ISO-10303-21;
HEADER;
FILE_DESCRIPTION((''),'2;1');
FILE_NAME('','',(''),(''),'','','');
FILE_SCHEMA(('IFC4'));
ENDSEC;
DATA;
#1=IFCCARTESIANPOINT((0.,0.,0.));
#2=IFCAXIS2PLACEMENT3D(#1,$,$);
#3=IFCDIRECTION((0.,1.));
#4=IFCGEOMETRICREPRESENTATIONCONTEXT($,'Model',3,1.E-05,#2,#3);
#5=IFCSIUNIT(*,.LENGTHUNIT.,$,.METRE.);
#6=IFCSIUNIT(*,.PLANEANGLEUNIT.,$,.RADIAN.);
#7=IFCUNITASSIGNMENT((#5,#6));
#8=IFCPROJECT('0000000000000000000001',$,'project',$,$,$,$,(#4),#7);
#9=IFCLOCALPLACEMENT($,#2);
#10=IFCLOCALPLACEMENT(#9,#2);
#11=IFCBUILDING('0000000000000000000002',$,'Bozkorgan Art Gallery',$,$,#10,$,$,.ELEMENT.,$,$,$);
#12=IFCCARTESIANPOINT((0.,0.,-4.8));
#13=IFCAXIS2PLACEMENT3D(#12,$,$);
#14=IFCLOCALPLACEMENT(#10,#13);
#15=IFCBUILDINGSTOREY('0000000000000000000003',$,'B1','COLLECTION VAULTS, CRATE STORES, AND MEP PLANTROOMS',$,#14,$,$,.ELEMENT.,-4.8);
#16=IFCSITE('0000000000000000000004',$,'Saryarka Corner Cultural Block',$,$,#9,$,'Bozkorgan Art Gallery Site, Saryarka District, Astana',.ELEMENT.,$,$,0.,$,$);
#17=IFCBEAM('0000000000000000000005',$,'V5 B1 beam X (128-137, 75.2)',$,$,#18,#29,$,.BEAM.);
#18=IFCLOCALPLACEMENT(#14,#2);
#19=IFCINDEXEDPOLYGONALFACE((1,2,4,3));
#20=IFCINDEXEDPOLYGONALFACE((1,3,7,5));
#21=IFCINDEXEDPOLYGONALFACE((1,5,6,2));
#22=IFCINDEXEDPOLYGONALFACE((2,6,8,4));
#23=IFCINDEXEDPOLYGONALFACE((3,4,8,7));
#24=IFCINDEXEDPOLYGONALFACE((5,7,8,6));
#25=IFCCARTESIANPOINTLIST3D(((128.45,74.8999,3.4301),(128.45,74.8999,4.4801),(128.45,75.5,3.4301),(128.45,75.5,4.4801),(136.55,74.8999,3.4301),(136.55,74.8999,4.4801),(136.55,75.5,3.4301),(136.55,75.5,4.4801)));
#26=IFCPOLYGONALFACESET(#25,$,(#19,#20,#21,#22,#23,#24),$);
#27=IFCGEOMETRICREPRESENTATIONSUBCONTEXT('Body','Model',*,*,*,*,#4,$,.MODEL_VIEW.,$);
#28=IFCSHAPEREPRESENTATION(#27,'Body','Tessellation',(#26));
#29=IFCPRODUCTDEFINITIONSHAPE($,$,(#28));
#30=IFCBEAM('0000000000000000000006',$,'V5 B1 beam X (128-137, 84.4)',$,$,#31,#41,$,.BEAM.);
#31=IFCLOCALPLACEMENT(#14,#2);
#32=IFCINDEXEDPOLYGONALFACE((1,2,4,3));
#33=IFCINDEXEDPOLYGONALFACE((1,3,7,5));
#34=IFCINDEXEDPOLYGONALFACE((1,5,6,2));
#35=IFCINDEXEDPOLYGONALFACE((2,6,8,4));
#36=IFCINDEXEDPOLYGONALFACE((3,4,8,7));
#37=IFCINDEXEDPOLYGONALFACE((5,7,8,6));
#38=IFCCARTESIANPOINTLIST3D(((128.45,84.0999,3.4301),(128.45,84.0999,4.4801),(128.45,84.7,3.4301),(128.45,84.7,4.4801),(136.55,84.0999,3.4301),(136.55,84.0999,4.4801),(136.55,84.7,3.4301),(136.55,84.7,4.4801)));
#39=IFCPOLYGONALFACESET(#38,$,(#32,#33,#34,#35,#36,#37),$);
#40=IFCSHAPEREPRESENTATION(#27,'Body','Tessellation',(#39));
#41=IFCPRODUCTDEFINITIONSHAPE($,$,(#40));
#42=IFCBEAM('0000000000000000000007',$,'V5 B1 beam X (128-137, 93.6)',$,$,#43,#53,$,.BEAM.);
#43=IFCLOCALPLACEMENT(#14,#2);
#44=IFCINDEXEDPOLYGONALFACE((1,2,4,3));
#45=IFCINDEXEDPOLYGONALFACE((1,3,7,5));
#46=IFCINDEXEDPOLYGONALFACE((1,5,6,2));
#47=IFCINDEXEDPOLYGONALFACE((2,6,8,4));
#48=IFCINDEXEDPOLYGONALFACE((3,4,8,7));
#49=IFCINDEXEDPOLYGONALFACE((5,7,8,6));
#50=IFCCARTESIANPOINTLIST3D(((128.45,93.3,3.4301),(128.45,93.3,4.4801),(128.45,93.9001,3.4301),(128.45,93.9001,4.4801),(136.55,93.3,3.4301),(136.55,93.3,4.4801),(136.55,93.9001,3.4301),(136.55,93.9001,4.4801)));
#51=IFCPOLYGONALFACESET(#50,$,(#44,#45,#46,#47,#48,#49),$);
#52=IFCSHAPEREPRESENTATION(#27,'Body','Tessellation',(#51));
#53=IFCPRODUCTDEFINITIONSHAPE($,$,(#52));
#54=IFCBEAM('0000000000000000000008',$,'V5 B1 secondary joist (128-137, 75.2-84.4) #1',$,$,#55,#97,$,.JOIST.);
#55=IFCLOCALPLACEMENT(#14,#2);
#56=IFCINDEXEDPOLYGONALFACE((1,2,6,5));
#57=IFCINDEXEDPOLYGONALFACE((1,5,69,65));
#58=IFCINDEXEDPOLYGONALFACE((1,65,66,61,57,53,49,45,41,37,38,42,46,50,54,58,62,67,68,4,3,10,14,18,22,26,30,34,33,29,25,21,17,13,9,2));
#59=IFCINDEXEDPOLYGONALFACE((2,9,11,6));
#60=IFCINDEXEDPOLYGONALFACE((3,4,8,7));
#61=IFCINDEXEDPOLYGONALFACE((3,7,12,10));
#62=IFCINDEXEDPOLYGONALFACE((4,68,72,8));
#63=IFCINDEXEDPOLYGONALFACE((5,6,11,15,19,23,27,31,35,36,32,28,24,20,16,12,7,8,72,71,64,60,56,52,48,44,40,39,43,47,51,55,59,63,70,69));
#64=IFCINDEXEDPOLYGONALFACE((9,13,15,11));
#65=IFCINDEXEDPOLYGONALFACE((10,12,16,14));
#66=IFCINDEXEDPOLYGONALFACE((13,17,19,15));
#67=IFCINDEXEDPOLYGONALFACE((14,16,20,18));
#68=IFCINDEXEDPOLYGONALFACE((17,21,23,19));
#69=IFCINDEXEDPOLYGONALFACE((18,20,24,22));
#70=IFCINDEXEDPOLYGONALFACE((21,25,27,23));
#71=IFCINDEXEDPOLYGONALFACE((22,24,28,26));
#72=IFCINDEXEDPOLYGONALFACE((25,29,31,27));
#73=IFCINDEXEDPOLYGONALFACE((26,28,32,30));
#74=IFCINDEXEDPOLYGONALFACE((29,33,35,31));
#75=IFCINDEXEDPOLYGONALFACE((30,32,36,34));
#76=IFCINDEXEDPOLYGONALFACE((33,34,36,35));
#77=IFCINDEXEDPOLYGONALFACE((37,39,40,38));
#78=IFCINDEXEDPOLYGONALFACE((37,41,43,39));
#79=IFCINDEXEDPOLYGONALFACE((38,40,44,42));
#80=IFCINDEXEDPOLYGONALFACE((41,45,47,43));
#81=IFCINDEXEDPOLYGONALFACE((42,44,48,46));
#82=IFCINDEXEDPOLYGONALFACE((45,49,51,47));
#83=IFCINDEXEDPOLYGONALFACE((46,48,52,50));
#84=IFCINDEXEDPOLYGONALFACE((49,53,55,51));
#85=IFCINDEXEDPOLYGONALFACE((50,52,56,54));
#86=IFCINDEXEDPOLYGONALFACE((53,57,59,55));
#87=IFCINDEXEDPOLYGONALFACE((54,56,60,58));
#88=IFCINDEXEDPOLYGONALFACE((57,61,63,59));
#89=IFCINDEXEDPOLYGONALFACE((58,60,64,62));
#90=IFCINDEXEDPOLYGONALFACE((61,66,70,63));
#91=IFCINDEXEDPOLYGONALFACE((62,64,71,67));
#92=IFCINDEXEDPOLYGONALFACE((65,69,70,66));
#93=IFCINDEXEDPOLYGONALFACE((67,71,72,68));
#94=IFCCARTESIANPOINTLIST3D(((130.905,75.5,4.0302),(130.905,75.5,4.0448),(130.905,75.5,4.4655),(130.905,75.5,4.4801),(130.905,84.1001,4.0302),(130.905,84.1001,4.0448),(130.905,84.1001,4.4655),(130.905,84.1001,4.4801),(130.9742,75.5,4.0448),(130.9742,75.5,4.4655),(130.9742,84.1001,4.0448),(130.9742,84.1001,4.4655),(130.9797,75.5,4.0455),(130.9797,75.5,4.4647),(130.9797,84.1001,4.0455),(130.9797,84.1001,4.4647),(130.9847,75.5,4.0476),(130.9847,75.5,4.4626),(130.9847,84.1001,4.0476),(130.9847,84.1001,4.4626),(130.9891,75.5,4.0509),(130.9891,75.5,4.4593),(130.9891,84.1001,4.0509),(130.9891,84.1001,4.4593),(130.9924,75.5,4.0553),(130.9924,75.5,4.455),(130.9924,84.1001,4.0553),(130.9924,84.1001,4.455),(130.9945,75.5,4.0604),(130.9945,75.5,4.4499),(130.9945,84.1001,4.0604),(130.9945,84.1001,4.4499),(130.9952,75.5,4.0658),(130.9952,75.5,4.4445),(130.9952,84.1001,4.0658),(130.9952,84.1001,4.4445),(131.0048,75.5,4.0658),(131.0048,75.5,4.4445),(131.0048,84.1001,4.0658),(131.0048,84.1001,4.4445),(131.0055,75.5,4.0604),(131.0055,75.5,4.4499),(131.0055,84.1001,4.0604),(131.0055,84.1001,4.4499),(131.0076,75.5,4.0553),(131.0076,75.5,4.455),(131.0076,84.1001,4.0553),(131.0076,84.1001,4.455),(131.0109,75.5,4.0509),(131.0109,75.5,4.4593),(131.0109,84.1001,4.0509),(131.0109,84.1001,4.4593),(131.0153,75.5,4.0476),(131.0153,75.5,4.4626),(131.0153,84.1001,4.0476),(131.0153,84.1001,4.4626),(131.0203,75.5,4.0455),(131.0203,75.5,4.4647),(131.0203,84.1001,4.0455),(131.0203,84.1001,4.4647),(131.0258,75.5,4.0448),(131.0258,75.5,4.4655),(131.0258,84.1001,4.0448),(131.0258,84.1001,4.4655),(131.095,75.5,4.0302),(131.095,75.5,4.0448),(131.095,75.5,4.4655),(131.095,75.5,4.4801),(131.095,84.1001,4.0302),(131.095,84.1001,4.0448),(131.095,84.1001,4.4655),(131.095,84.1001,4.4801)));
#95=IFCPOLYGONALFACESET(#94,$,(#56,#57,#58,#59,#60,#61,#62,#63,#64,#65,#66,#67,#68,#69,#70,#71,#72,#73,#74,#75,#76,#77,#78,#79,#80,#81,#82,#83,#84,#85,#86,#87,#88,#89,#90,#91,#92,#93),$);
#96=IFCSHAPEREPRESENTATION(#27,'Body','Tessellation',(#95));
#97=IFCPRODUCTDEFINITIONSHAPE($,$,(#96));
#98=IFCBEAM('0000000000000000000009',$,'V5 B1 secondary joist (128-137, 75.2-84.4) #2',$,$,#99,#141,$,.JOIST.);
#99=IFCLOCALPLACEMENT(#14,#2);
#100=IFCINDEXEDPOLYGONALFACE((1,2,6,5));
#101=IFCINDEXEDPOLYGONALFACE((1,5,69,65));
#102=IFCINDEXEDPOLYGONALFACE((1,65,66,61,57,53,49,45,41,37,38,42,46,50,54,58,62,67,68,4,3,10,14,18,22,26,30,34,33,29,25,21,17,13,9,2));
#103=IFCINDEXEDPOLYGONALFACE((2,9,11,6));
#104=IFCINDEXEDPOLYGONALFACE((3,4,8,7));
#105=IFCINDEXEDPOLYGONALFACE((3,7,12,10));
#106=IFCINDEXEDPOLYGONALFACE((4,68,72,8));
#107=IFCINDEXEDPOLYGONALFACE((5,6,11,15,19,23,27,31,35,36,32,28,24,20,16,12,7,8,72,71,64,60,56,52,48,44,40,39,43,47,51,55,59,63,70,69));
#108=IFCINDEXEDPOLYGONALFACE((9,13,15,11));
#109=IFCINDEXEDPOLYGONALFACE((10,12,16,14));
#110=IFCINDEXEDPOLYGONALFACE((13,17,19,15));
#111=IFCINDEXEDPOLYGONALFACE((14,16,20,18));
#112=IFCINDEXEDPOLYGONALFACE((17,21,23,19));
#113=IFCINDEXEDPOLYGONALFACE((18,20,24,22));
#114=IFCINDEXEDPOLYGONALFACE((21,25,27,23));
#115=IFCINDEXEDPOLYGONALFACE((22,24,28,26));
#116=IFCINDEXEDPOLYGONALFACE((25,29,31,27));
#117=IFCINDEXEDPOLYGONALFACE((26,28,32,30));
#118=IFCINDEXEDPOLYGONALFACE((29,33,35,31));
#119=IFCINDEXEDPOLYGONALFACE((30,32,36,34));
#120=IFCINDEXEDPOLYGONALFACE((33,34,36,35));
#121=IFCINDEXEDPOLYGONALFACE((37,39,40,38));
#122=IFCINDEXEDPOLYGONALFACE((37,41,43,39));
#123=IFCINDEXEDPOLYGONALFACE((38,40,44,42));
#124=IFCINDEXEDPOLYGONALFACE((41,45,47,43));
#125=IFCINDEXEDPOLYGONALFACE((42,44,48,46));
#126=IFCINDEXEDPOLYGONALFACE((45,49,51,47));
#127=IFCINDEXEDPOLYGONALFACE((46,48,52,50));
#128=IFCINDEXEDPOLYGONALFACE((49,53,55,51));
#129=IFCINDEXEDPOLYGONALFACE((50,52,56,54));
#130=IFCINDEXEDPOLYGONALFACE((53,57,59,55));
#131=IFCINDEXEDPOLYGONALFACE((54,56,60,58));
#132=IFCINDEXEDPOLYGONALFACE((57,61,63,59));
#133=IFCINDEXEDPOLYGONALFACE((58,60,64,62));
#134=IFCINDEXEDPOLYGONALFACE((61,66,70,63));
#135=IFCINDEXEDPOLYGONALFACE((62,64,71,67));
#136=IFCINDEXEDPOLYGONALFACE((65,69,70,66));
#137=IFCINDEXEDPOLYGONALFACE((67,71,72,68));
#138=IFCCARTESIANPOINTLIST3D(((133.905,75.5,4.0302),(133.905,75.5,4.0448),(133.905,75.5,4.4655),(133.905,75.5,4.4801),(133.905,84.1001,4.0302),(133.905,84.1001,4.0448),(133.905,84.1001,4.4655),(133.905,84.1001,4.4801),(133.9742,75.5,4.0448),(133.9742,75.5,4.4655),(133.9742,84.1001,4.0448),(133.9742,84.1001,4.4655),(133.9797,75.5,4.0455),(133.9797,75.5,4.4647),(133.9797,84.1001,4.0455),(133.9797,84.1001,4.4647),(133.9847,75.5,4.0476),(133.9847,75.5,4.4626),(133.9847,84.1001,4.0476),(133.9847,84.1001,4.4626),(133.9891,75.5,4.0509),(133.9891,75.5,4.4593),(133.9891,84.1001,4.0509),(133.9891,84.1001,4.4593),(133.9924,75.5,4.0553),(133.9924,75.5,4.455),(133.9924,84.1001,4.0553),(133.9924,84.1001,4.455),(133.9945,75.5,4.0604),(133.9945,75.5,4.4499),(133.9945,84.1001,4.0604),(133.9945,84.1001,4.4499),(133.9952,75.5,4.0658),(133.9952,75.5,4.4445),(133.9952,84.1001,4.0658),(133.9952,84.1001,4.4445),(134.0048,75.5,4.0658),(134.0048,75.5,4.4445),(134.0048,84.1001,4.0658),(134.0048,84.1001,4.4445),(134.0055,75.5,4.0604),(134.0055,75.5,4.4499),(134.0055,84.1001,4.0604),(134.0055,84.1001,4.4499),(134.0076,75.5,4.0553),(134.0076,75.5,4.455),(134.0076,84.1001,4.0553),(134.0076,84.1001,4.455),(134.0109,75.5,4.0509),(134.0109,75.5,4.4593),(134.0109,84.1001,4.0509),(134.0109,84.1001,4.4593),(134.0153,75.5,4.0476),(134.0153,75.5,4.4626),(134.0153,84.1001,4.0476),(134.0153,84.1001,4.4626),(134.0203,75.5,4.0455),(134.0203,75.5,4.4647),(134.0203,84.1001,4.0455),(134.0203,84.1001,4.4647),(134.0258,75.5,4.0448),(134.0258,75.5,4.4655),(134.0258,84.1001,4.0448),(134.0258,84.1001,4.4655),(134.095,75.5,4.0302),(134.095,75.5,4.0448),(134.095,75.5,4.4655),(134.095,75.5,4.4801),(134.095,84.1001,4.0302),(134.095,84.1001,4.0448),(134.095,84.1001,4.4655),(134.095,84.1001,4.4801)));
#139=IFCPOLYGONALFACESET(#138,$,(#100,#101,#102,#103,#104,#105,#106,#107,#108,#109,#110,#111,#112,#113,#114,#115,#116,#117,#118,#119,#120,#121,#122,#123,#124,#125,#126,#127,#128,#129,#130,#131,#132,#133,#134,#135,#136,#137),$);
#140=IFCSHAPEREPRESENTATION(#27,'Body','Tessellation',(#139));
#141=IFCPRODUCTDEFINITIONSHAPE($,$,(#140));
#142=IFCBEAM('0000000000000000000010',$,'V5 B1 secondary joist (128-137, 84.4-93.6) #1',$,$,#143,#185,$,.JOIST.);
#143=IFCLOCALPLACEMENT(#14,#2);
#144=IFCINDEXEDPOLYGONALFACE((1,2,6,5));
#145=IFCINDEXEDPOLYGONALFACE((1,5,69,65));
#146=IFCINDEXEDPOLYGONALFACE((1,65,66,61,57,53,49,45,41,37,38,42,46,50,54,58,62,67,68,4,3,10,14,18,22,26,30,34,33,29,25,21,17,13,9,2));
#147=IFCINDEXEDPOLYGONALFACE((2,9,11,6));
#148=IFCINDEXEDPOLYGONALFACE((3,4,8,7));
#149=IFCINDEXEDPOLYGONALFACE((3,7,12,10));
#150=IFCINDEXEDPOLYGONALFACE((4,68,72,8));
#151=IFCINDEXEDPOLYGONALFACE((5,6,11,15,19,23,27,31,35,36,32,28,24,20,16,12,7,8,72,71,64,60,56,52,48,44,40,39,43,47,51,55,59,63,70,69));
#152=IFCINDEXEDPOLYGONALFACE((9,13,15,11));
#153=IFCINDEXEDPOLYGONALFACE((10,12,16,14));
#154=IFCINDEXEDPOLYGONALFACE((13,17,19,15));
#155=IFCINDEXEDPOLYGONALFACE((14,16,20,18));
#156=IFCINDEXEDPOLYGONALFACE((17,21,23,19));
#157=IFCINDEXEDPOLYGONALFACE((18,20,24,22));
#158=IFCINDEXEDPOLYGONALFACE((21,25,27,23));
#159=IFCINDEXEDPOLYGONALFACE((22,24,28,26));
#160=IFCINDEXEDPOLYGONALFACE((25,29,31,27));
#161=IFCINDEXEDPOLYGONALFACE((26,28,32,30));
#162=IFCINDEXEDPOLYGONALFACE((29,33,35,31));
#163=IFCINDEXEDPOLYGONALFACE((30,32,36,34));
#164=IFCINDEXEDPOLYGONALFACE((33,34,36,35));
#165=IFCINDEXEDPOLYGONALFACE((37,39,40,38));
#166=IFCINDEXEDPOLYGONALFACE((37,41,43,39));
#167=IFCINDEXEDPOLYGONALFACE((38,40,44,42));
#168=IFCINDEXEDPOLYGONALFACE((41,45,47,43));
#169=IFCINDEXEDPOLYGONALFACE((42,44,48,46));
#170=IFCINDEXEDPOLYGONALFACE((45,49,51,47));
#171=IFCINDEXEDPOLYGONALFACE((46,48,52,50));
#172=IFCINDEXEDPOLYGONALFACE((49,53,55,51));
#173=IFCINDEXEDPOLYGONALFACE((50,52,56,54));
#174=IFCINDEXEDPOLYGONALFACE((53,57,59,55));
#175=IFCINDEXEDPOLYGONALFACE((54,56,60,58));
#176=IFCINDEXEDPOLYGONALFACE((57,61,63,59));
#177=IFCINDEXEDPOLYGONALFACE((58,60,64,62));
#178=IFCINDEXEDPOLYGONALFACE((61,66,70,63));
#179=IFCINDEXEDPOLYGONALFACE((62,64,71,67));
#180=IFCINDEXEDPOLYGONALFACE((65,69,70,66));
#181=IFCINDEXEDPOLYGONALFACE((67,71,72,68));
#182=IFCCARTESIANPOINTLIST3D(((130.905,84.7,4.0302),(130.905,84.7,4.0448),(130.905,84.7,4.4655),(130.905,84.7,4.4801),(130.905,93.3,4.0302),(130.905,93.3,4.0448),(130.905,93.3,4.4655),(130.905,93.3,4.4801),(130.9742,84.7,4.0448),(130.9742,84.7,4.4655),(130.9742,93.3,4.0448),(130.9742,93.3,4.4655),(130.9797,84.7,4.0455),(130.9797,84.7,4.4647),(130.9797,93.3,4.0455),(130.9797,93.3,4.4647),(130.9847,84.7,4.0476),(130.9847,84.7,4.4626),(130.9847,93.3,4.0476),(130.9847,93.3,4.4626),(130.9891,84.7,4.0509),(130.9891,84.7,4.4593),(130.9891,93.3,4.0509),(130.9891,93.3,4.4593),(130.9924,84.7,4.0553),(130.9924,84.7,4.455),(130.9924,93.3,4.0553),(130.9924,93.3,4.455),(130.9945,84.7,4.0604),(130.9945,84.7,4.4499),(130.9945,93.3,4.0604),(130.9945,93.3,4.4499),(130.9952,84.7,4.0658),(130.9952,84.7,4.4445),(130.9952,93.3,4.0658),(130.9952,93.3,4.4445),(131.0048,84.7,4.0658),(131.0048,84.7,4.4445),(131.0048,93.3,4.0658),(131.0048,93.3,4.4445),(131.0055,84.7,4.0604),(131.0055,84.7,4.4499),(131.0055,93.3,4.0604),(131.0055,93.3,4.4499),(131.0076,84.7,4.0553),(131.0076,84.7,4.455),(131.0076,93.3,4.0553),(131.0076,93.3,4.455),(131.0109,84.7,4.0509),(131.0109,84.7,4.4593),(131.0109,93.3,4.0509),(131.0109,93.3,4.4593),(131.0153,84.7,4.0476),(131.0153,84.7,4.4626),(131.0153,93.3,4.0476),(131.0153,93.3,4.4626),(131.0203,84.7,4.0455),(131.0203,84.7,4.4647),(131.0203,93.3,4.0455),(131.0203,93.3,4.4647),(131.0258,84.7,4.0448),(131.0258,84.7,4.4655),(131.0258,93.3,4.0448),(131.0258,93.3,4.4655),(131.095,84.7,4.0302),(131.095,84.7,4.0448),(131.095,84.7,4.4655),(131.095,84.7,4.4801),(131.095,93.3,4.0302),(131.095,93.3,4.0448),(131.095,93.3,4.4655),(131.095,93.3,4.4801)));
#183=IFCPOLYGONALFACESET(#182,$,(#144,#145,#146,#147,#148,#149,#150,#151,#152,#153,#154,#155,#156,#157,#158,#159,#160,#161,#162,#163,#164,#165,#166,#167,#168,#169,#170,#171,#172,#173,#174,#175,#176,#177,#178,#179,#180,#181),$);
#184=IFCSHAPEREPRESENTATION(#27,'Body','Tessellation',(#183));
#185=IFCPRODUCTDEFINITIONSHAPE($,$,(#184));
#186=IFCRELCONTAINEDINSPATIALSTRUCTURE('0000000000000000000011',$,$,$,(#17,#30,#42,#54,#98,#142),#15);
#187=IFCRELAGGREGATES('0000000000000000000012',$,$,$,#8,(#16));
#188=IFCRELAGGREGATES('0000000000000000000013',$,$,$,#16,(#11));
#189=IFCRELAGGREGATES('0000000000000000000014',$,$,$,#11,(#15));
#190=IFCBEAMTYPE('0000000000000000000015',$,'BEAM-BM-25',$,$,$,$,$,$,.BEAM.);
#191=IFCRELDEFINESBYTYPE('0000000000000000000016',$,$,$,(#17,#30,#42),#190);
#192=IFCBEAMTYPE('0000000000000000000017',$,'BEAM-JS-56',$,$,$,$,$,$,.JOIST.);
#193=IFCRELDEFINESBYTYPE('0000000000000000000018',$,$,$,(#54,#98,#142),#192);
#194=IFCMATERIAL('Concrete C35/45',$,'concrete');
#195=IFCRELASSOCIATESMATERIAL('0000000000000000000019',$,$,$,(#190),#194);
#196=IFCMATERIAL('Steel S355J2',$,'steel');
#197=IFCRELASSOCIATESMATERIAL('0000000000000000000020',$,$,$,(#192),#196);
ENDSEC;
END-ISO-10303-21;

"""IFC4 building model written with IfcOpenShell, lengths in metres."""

from ifc_helpers import new_model, si_unit, direction, frame, origin, origin_2d, place, context, subcontext, project, spatial, rectangle, i_section, extrude, material, material_profile, profile_set, type_object, element, save


model = new_model("IFC4")

# Units and contexts
model_context = context("Model", 3, precision=1e-05, world=origin(), true_north=direction((0.0, 1.0)))
body_context = subcontext(model_context, "Body", "Model", "MODEL_VIEW")
ifc_project = project(units=[si_unit("LENGTHUNIT", "METRE"), si_unit("PLANEANGLEUNIT", "RADIAN")], contexts=[model_context])

# Site, building, storey
site_placement = place(None, origin())
site = spatial("IfcSite", under=ifc_project, at=site_placement, Name="Saryarka Corner Cultural Block", LongName="Bozkorgan Art Gallery Site, Saryarka District, Astana", CompositionType="ELEMENT", RefElevation=0.0)
building_placement = place(site_placement, origin())
building = spatial("IfcBuilding", under=site, at=building_placement, Name="Bozkorgan Art Gallery", CompositionType="ELEMENT")
storey_placement = place(building_placement, frame((0.0, 0.0, -4.8)))
storey = spatial("IfcBuildingStorey", under=building, at=storey_placement, Name="B1", Description="COLLECTION VAULTS, CRATE STORES, AND MEP PLANTROOMS", CompositionType="ELEMENT", Elevation=-4.8)

# Beams
ifc_material_1 = material(Name="Concrete C35/45", Category="concrete")
ifc_material_profile_1 = material_profile(ifc_material_1, rectangle(XDim=0.6001, YDim=1.05, at=origin_2d()), Name="RC 600x1050")
ifc_profile_set_1 = profile_set([ifc_material_profile_1], Name="Concrete C35/45")
beam_type_1 = type_object("IfcBeamType", Name="BEAM-BM-25", PredefinedType="BEAM", material=ifc_profile_set_1)
for number, where, z_axis, x_axis, name in (
    (1, (128.45, 75.2, 3.9551), (1.0, 0.0, 0.0), (0.0, 1.0, 0.0), "V5 B1 beam X (128-137, 75.2)"),
    (2, (128.45, 84.3999, 3.9551), (1.0, 0.0, 0.0), (0.0, 1.0, 0.0), "V5 B1 beam X (128-137, 84.4)"),
    (3, (128.45, 93.6001, 3.9551), (1.0, 0.0, 0.0), (0.0, 1.0, 0.0), "V5 B1 beam X (128-137, 93.6)"),
):
    element("IfcBeam", number, at=place(storey_placement, frame(where, z_axis=z_axis, x_axis=x_axis)), inside=storey, type_object=beam_type_1, Name=name, PredefinedType="BEAM", context=body_context, shape_type="SweptSolid", body=[
        extrude(rectangle(XDim=0.6001, YDim=1.05, at=origin_2d()), origin(), (0.0, 0.0, 1.0), 8.1001),
    ])
ifc_material_2 = material(Name="Steel S355J2", Category="steel")
ifc_material_profile_2 = material_profile(ifc_material_2, i_section(OverallWidth=0.1899, OverallDepth=0.45, WebThickness=0.0095, FlangeThickness=0.0146, FilletRadius=0.021, at=origin_2d()), Name="IPE 450")
ifc_profile_set_2 = profile_set([ifc_material_profile_2], Name="Steel S355J2")
beam_type_2 = type_object("IfcBeamType", Name="BEAM-JS-56", PredefinedType="JOIST", material=ifc_profile_set_2)
for number, where, z_axis, x_axis, name in (
    (4, (131.0, 75.5, 4.2551), (0.0, 1.0, 0.0), (-1.0, 0.0, 0.0), "V5 B1 secondary joist (128-137, 75.2-84.4) #1"),
    (5, (134.0, 75.5, 4.2551), (0.0, 1.0, 0.0), (-1.0, 0.0, 0.0), "V5 B1 secondary joist (128-137, 75.2-84.4) #2"),
    (6, (131.0, 84.7, 4.2551), (0.0, 1.0, 0.0), (-1.0, 0.0, 0.0), "V5 B1 secondary joist (128-137, 84.4-93.6) #1"),
):
    element("IfcBeam", number, at=place(storey_placement, frame(where, z_axis=z_axis, x_axis=x_axis)), inside=storey, type_object=beam_type_2, Name=name, PredefinedType="JOIST", context=body_context, shape_type="SweptSolid", body=[
        extrude(i_section(OverallWidth=0.1899, OverallDepth=0.45, WebThickness=0.0095, FlangeThickness=0.0146, FilletRadius=0.021, at=origin_2d()), origin(), (0.0, 0.0, 1.0), 8.6001),
    ])

save(model, "model.ifc")
